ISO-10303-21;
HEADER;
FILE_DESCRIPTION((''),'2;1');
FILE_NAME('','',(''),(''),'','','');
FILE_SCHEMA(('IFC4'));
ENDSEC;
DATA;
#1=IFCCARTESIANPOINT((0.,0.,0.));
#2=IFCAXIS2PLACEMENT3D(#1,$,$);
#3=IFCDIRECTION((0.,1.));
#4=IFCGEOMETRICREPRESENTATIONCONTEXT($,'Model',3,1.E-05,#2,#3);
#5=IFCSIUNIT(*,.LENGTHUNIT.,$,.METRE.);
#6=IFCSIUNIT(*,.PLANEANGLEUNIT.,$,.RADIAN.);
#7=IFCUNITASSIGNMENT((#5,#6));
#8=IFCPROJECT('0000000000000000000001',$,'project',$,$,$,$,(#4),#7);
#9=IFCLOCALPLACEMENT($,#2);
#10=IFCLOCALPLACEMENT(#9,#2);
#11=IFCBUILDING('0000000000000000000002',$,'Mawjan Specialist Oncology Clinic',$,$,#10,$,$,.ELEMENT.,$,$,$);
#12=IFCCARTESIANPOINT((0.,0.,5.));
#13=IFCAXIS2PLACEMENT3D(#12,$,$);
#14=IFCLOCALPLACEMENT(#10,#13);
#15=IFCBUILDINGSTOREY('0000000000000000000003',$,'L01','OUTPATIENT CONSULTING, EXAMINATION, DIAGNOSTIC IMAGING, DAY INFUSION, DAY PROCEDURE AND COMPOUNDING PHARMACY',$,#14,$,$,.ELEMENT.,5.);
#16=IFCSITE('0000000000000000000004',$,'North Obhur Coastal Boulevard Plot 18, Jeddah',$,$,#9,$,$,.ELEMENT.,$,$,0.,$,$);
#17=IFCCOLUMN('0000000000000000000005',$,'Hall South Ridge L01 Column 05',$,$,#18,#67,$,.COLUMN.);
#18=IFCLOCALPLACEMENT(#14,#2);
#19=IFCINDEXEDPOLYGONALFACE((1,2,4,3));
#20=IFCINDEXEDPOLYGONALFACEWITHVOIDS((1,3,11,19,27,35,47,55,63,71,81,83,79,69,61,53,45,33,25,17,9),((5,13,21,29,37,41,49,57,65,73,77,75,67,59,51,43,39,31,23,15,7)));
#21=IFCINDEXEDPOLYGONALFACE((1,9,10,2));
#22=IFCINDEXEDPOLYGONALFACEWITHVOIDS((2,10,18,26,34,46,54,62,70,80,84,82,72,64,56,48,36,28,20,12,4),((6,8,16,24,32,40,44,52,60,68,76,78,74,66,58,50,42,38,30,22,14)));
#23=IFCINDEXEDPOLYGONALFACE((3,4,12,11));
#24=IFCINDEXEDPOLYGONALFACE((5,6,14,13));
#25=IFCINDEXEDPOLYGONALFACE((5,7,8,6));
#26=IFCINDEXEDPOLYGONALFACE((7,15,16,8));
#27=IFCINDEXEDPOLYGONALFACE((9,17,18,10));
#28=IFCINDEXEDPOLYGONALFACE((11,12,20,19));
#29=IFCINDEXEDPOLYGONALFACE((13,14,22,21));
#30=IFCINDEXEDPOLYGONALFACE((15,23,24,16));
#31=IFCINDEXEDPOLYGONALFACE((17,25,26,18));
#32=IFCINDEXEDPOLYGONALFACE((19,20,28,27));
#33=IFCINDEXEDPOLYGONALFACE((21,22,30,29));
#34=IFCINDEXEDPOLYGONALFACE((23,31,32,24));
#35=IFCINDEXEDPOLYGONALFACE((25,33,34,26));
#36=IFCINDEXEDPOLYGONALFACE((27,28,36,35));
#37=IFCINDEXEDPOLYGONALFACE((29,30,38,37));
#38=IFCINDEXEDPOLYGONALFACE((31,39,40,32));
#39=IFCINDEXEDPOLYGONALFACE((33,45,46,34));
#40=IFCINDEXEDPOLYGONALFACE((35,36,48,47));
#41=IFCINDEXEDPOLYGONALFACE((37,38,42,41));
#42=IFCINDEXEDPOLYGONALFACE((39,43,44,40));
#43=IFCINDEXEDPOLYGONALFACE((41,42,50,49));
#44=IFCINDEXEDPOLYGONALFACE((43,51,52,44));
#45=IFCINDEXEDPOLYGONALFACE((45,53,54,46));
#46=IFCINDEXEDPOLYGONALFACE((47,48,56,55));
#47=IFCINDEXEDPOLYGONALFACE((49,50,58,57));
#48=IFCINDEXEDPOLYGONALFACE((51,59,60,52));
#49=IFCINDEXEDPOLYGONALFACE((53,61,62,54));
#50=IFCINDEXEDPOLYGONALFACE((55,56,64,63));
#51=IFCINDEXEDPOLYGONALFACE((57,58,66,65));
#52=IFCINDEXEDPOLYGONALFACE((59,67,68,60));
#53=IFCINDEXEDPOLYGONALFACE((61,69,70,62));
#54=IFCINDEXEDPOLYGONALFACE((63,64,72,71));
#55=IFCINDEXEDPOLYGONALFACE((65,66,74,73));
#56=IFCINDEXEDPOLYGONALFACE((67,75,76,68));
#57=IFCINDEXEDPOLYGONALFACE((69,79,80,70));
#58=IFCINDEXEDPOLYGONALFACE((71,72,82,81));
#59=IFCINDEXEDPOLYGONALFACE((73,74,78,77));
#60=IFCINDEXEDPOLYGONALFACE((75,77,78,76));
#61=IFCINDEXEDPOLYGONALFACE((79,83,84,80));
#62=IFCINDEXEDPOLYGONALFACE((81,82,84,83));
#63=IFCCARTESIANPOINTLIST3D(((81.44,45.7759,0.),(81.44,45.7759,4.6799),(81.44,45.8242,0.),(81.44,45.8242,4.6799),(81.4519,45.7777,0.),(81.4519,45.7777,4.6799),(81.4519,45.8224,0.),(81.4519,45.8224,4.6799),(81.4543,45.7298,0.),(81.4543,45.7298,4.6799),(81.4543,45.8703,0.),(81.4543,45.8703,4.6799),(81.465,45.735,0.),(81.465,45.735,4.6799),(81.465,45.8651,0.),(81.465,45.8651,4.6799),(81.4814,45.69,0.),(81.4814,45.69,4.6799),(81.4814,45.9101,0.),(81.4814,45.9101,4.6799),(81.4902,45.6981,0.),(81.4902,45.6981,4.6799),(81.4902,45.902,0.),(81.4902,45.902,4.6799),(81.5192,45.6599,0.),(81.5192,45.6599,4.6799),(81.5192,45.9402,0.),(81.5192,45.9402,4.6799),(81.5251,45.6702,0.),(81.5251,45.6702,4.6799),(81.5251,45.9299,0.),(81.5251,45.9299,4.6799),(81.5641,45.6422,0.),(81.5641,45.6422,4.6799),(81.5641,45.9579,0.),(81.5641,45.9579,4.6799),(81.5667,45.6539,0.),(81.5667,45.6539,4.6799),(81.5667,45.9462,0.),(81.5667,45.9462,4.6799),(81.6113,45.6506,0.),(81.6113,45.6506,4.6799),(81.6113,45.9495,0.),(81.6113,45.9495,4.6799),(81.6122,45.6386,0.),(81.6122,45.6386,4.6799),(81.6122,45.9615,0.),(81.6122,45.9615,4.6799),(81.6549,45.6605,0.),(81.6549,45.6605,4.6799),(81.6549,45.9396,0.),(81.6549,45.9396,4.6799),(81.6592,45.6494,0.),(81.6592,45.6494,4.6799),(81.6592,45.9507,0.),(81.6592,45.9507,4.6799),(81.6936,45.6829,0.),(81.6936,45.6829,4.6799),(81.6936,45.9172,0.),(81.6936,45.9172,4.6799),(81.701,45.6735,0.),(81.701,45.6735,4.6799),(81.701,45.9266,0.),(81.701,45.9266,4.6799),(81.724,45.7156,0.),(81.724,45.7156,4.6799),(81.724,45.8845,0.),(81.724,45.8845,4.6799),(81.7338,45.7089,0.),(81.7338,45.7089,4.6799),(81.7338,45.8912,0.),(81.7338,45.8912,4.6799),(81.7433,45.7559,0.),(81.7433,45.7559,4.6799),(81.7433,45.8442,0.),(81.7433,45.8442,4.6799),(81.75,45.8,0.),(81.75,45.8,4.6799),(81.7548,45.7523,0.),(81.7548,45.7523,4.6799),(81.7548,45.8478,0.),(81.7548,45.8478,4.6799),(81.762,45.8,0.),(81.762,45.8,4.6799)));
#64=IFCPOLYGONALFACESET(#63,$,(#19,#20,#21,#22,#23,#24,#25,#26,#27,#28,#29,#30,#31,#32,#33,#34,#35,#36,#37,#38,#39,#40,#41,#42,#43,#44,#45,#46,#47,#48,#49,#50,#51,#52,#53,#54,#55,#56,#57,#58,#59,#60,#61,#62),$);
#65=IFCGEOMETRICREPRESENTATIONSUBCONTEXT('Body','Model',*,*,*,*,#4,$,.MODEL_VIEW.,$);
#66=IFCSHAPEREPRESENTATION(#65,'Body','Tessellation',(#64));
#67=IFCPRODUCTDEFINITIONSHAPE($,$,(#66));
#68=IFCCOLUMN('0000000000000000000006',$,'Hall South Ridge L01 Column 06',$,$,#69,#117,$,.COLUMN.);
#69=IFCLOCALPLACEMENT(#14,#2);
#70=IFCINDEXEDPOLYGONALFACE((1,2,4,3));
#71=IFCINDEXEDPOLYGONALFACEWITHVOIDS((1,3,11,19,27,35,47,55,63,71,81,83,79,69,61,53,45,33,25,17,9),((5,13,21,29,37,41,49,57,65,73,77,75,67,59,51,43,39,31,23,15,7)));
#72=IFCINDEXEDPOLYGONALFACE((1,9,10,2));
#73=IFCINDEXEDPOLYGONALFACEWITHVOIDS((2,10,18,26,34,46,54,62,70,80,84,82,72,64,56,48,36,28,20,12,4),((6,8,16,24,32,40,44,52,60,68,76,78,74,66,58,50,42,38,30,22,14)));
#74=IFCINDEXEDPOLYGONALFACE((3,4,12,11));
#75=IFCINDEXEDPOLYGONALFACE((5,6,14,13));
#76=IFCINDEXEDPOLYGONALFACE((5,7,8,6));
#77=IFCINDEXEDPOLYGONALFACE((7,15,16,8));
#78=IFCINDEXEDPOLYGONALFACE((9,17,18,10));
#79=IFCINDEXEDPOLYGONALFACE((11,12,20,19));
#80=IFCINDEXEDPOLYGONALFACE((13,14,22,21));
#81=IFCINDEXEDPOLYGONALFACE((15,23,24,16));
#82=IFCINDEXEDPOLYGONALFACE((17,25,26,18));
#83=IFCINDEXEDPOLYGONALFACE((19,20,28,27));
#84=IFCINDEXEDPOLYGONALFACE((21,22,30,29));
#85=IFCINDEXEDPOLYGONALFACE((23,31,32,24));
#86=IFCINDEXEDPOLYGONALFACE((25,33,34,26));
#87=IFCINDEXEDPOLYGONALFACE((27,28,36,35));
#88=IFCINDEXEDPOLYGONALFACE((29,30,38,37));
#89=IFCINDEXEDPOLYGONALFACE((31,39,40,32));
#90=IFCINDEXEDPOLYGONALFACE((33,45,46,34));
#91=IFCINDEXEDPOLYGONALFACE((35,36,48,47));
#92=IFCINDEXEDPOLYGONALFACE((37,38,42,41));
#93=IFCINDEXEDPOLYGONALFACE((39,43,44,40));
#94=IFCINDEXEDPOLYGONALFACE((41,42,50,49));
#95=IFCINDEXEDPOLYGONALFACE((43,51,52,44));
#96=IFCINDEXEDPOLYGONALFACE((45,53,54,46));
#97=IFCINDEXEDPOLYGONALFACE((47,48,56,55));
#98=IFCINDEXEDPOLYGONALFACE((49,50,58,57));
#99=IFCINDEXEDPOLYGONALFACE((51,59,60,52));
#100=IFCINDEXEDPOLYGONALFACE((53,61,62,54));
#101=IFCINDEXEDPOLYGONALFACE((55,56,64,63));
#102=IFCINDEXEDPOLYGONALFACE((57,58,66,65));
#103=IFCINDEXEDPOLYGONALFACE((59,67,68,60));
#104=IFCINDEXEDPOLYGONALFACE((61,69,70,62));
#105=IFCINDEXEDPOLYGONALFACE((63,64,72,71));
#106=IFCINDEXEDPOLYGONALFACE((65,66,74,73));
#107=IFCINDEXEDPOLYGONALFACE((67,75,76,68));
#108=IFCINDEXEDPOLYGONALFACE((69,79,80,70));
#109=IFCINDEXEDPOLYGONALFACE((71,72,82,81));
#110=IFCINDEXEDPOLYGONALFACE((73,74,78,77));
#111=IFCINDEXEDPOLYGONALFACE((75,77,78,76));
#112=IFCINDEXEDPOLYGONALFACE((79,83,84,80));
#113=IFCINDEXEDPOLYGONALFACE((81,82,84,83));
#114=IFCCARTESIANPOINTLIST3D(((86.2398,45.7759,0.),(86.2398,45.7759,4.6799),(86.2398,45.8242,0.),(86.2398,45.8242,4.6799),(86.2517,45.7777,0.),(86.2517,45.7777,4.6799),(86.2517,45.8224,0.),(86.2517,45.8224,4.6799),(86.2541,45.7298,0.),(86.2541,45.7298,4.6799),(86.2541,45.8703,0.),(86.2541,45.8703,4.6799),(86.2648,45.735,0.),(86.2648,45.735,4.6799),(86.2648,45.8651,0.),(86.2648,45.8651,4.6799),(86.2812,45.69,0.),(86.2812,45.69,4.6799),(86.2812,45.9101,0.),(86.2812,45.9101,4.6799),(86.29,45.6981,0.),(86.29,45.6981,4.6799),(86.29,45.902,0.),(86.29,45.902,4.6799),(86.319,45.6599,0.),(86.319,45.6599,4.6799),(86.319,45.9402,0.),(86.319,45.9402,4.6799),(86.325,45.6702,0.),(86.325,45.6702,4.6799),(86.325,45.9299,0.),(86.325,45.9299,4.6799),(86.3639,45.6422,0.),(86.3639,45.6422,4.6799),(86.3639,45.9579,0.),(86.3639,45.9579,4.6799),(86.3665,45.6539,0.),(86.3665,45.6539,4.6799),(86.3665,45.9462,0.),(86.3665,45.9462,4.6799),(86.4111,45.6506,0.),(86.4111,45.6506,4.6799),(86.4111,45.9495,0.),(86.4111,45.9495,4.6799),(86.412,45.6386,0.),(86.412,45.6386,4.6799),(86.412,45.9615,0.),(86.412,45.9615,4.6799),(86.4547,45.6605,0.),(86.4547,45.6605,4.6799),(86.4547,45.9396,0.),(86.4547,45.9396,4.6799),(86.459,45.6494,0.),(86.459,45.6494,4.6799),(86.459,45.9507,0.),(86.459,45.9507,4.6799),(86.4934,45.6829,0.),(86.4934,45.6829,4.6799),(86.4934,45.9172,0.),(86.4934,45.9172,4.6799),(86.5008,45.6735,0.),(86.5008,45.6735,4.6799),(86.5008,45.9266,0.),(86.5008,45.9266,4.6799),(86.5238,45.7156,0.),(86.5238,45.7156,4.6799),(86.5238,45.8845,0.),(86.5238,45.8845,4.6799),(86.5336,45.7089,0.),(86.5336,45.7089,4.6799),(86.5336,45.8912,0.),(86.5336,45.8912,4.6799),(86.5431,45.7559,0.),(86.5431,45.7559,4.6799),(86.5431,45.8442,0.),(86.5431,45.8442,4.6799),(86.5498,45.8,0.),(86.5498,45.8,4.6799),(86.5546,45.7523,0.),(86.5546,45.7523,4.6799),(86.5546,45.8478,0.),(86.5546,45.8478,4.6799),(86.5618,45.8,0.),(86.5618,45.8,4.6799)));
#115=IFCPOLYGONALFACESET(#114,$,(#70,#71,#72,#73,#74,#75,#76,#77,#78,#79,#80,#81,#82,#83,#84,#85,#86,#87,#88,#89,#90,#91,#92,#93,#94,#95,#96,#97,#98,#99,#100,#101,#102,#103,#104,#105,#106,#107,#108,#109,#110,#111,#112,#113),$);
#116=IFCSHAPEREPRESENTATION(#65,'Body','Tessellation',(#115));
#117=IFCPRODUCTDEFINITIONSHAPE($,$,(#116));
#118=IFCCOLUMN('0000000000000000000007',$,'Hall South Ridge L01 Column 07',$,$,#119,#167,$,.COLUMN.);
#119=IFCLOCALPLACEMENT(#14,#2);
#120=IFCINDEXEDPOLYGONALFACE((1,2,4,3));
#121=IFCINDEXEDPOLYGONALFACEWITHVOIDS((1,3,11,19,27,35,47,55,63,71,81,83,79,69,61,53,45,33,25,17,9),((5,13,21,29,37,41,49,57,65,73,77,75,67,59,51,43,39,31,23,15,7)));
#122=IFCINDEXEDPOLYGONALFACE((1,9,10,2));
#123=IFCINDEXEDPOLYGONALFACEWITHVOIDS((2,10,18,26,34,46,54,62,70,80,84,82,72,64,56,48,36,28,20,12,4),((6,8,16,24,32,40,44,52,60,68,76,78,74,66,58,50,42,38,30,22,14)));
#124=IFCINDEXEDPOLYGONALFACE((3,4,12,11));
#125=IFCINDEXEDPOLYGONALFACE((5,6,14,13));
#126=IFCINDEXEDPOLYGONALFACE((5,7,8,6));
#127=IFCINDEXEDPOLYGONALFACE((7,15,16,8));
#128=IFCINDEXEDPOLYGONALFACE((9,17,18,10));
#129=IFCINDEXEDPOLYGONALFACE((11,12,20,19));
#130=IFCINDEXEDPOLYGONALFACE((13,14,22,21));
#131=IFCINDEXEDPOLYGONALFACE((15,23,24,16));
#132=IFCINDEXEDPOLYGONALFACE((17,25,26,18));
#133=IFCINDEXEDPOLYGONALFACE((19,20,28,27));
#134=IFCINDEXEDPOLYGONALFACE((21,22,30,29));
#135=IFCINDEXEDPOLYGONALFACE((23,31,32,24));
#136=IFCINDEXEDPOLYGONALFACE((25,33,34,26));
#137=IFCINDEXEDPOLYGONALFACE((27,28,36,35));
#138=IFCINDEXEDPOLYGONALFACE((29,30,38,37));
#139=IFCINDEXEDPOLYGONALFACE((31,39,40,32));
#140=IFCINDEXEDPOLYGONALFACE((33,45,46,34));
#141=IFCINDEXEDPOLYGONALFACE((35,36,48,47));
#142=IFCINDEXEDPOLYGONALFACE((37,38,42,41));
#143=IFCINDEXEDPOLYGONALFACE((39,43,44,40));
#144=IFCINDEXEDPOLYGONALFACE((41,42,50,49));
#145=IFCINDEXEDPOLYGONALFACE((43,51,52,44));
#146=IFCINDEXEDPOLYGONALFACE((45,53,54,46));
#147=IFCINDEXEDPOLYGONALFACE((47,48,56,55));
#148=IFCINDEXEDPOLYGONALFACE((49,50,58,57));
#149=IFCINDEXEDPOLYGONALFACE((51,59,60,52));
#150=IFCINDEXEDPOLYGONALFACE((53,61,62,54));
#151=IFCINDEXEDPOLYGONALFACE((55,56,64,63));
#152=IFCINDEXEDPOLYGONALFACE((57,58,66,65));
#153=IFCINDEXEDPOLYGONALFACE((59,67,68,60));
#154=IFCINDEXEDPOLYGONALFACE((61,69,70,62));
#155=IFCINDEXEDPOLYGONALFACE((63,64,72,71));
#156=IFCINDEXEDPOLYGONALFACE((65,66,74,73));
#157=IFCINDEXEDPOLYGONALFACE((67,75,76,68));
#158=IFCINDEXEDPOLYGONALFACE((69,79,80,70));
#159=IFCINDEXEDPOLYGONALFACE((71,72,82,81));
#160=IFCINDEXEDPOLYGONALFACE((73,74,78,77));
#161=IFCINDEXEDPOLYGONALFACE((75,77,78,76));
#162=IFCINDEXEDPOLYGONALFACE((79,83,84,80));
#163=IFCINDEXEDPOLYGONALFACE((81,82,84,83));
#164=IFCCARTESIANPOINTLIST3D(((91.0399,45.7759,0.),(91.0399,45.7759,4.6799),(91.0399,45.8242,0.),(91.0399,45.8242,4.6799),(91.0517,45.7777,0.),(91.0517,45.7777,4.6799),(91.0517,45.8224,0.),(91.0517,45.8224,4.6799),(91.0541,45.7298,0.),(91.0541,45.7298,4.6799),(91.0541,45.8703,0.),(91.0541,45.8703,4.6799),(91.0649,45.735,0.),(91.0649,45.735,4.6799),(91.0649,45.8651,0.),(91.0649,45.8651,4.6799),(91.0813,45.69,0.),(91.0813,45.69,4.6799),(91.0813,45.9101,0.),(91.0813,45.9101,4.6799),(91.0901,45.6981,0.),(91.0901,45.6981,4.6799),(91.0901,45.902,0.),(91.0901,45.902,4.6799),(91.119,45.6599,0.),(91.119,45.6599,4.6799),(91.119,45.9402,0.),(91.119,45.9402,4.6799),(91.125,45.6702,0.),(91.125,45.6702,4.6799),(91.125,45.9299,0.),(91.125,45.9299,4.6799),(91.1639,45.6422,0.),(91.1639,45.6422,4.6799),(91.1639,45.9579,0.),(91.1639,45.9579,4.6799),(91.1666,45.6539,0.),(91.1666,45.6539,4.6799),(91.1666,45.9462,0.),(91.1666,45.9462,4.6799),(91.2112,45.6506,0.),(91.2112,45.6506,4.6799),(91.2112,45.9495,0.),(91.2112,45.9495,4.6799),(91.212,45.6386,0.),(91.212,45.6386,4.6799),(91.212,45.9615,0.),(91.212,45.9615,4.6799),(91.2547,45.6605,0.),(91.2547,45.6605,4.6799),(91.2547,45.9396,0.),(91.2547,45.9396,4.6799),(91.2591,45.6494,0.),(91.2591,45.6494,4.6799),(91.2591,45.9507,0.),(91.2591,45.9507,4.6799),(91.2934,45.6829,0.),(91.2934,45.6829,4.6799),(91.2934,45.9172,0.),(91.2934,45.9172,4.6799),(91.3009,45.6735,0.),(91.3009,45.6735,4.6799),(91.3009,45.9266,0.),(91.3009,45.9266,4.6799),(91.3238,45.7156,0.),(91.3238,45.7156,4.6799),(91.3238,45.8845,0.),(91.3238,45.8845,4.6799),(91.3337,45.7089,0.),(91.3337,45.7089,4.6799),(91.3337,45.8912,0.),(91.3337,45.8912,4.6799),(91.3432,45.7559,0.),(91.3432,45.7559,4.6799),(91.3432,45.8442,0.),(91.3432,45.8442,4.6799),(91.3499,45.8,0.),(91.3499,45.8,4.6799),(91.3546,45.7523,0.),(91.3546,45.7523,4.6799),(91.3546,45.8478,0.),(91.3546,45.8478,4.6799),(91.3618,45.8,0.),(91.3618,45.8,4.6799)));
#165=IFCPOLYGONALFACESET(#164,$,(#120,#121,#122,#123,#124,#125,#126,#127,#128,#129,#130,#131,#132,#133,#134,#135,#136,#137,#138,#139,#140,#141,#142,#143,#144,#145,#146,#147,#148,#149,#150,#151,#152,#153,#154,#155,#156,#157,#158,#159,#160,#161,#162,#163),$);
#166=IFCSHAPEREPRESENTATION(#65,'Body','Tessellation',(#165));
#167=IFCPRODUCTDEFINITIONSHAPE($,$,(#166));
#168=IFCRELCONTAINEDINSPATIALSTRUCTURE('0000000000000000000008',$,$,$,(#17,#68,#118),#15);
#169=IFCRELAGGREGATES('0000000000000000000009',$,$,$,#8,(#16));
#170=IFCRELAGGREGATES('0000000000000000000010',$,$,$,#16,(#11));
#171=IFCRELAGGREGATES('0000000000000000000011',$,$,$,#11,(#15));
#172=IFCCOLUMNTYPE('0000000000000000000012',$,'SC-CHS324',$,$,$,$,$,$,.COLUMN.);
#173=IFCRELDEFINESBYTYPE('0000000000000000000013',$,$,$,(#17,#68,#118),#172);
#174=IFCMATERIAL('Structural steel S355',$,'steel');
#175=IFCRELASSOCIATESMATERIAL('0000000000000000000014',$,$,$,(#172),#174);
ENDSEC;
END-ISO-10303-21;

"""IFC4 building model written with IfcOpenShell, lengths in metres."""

from ifc_helpers import new_model, si_unit, direction, frame, origin, origin_2d, place, context, subcontext, project, spatial, hollow_circle, extrude, material, material_profile, profile_set, type_object, element, save


model = new_model("IFC4")

# Units and contexts
model_context = context("Model", 3, precision=1e-05, world=origin(), true_north=direction((0.0, 1.0)))
body_context = subcontext(model_context, "Body", "Model", "MODEL_VIEW")
ifc_project = project(units=[si_unit("LENGTHUNIT", "METRE"), si_unit("PLANEANGLEUNIT", "RADIAN")], contexts=[model_context])

# Site, building, storey
site_placement = place(None, origin())
site = spatial("IfcSite", under=ifc_project, at=site_placement, Name="North Obhur Coastal Boulevard Plot 18, Jeddah", CompositionType="ELEMENT", RefElevation=0.0)
building_placement = place(site_placement, origin())
building = spatial("IfcBuilding", under=site, at=building_placement, Name="Mawjan Specialist Oncology Clinic", CompositionType="ELEMENT")
storey_placement = place(building_placement, frame((0.0, 0.0, 5.0)))
storey = spatial("IfcBuildingStorey", under=building, at=storey_placement, Name="L01", Description="OUTPATIENT CONSULTING, EXAMINATION, DIAGNOSTIC IMAGING, DAY INFUSION, DAY PROCEDURE AND COMPOUNDING PHARMACY", CompositionType="ELEMENT", Elevation=5.0)

# Columns
ifc_material_1 = material(Name="Structural steel S355", Category="steel")
ifc_material_profile_1 = material_profile(ifc_material_1, hollow_circle(Radius=0.1619, WallThickness=0.012, at=origin_2d()), Name="CHS 323.9x12", Category="steel")
ifc_profile_set_1 = profile_set([ifc_material_profile_1], Name="Structural steel S355")
column_type_1 = type_object("IfcColumnType", Name="SC-CHS324", PredefinedType="COLUMN", material=ifc_profile_set_1)
for number, where, z_axis, x_axis, name in (
    (1, (81.6001, 45.8, 0.0), (0.0, 0.0, 1.0), (1.0, 0.0, 0.0), "Hall South Ridge L01 Column 05"),
    (2, (86.3999, 45.8, 0.0), (0.0, 0.0, 1.0), (1.0, 0.0, 0.0), "Hall South Ridge L01 Column 06"),
    (3, (91.2, 45.8, 0.0), (0.0, 0.0, 1.0), (1.0, 0.0, 0.0), "Hall South Ridge L01 Column 07"),
):
    element("IfcColumn", number, at=place(storey_placement, frame(where, z_axis=z_axis, x_axis=x_axis)), inside=storey, type_object=column_type_1, Name=name, PredefinedType="COLUMN", context=body_context, shape_type="SweptSolid", body=[
        extrude(hollow_circle(Radius=0.1619, WallThickness=0.012, at=origin_2d()), origin(), (0.0, 0.0, 1.0), 4.6799),
    ])

save(model, "model.ifc")
